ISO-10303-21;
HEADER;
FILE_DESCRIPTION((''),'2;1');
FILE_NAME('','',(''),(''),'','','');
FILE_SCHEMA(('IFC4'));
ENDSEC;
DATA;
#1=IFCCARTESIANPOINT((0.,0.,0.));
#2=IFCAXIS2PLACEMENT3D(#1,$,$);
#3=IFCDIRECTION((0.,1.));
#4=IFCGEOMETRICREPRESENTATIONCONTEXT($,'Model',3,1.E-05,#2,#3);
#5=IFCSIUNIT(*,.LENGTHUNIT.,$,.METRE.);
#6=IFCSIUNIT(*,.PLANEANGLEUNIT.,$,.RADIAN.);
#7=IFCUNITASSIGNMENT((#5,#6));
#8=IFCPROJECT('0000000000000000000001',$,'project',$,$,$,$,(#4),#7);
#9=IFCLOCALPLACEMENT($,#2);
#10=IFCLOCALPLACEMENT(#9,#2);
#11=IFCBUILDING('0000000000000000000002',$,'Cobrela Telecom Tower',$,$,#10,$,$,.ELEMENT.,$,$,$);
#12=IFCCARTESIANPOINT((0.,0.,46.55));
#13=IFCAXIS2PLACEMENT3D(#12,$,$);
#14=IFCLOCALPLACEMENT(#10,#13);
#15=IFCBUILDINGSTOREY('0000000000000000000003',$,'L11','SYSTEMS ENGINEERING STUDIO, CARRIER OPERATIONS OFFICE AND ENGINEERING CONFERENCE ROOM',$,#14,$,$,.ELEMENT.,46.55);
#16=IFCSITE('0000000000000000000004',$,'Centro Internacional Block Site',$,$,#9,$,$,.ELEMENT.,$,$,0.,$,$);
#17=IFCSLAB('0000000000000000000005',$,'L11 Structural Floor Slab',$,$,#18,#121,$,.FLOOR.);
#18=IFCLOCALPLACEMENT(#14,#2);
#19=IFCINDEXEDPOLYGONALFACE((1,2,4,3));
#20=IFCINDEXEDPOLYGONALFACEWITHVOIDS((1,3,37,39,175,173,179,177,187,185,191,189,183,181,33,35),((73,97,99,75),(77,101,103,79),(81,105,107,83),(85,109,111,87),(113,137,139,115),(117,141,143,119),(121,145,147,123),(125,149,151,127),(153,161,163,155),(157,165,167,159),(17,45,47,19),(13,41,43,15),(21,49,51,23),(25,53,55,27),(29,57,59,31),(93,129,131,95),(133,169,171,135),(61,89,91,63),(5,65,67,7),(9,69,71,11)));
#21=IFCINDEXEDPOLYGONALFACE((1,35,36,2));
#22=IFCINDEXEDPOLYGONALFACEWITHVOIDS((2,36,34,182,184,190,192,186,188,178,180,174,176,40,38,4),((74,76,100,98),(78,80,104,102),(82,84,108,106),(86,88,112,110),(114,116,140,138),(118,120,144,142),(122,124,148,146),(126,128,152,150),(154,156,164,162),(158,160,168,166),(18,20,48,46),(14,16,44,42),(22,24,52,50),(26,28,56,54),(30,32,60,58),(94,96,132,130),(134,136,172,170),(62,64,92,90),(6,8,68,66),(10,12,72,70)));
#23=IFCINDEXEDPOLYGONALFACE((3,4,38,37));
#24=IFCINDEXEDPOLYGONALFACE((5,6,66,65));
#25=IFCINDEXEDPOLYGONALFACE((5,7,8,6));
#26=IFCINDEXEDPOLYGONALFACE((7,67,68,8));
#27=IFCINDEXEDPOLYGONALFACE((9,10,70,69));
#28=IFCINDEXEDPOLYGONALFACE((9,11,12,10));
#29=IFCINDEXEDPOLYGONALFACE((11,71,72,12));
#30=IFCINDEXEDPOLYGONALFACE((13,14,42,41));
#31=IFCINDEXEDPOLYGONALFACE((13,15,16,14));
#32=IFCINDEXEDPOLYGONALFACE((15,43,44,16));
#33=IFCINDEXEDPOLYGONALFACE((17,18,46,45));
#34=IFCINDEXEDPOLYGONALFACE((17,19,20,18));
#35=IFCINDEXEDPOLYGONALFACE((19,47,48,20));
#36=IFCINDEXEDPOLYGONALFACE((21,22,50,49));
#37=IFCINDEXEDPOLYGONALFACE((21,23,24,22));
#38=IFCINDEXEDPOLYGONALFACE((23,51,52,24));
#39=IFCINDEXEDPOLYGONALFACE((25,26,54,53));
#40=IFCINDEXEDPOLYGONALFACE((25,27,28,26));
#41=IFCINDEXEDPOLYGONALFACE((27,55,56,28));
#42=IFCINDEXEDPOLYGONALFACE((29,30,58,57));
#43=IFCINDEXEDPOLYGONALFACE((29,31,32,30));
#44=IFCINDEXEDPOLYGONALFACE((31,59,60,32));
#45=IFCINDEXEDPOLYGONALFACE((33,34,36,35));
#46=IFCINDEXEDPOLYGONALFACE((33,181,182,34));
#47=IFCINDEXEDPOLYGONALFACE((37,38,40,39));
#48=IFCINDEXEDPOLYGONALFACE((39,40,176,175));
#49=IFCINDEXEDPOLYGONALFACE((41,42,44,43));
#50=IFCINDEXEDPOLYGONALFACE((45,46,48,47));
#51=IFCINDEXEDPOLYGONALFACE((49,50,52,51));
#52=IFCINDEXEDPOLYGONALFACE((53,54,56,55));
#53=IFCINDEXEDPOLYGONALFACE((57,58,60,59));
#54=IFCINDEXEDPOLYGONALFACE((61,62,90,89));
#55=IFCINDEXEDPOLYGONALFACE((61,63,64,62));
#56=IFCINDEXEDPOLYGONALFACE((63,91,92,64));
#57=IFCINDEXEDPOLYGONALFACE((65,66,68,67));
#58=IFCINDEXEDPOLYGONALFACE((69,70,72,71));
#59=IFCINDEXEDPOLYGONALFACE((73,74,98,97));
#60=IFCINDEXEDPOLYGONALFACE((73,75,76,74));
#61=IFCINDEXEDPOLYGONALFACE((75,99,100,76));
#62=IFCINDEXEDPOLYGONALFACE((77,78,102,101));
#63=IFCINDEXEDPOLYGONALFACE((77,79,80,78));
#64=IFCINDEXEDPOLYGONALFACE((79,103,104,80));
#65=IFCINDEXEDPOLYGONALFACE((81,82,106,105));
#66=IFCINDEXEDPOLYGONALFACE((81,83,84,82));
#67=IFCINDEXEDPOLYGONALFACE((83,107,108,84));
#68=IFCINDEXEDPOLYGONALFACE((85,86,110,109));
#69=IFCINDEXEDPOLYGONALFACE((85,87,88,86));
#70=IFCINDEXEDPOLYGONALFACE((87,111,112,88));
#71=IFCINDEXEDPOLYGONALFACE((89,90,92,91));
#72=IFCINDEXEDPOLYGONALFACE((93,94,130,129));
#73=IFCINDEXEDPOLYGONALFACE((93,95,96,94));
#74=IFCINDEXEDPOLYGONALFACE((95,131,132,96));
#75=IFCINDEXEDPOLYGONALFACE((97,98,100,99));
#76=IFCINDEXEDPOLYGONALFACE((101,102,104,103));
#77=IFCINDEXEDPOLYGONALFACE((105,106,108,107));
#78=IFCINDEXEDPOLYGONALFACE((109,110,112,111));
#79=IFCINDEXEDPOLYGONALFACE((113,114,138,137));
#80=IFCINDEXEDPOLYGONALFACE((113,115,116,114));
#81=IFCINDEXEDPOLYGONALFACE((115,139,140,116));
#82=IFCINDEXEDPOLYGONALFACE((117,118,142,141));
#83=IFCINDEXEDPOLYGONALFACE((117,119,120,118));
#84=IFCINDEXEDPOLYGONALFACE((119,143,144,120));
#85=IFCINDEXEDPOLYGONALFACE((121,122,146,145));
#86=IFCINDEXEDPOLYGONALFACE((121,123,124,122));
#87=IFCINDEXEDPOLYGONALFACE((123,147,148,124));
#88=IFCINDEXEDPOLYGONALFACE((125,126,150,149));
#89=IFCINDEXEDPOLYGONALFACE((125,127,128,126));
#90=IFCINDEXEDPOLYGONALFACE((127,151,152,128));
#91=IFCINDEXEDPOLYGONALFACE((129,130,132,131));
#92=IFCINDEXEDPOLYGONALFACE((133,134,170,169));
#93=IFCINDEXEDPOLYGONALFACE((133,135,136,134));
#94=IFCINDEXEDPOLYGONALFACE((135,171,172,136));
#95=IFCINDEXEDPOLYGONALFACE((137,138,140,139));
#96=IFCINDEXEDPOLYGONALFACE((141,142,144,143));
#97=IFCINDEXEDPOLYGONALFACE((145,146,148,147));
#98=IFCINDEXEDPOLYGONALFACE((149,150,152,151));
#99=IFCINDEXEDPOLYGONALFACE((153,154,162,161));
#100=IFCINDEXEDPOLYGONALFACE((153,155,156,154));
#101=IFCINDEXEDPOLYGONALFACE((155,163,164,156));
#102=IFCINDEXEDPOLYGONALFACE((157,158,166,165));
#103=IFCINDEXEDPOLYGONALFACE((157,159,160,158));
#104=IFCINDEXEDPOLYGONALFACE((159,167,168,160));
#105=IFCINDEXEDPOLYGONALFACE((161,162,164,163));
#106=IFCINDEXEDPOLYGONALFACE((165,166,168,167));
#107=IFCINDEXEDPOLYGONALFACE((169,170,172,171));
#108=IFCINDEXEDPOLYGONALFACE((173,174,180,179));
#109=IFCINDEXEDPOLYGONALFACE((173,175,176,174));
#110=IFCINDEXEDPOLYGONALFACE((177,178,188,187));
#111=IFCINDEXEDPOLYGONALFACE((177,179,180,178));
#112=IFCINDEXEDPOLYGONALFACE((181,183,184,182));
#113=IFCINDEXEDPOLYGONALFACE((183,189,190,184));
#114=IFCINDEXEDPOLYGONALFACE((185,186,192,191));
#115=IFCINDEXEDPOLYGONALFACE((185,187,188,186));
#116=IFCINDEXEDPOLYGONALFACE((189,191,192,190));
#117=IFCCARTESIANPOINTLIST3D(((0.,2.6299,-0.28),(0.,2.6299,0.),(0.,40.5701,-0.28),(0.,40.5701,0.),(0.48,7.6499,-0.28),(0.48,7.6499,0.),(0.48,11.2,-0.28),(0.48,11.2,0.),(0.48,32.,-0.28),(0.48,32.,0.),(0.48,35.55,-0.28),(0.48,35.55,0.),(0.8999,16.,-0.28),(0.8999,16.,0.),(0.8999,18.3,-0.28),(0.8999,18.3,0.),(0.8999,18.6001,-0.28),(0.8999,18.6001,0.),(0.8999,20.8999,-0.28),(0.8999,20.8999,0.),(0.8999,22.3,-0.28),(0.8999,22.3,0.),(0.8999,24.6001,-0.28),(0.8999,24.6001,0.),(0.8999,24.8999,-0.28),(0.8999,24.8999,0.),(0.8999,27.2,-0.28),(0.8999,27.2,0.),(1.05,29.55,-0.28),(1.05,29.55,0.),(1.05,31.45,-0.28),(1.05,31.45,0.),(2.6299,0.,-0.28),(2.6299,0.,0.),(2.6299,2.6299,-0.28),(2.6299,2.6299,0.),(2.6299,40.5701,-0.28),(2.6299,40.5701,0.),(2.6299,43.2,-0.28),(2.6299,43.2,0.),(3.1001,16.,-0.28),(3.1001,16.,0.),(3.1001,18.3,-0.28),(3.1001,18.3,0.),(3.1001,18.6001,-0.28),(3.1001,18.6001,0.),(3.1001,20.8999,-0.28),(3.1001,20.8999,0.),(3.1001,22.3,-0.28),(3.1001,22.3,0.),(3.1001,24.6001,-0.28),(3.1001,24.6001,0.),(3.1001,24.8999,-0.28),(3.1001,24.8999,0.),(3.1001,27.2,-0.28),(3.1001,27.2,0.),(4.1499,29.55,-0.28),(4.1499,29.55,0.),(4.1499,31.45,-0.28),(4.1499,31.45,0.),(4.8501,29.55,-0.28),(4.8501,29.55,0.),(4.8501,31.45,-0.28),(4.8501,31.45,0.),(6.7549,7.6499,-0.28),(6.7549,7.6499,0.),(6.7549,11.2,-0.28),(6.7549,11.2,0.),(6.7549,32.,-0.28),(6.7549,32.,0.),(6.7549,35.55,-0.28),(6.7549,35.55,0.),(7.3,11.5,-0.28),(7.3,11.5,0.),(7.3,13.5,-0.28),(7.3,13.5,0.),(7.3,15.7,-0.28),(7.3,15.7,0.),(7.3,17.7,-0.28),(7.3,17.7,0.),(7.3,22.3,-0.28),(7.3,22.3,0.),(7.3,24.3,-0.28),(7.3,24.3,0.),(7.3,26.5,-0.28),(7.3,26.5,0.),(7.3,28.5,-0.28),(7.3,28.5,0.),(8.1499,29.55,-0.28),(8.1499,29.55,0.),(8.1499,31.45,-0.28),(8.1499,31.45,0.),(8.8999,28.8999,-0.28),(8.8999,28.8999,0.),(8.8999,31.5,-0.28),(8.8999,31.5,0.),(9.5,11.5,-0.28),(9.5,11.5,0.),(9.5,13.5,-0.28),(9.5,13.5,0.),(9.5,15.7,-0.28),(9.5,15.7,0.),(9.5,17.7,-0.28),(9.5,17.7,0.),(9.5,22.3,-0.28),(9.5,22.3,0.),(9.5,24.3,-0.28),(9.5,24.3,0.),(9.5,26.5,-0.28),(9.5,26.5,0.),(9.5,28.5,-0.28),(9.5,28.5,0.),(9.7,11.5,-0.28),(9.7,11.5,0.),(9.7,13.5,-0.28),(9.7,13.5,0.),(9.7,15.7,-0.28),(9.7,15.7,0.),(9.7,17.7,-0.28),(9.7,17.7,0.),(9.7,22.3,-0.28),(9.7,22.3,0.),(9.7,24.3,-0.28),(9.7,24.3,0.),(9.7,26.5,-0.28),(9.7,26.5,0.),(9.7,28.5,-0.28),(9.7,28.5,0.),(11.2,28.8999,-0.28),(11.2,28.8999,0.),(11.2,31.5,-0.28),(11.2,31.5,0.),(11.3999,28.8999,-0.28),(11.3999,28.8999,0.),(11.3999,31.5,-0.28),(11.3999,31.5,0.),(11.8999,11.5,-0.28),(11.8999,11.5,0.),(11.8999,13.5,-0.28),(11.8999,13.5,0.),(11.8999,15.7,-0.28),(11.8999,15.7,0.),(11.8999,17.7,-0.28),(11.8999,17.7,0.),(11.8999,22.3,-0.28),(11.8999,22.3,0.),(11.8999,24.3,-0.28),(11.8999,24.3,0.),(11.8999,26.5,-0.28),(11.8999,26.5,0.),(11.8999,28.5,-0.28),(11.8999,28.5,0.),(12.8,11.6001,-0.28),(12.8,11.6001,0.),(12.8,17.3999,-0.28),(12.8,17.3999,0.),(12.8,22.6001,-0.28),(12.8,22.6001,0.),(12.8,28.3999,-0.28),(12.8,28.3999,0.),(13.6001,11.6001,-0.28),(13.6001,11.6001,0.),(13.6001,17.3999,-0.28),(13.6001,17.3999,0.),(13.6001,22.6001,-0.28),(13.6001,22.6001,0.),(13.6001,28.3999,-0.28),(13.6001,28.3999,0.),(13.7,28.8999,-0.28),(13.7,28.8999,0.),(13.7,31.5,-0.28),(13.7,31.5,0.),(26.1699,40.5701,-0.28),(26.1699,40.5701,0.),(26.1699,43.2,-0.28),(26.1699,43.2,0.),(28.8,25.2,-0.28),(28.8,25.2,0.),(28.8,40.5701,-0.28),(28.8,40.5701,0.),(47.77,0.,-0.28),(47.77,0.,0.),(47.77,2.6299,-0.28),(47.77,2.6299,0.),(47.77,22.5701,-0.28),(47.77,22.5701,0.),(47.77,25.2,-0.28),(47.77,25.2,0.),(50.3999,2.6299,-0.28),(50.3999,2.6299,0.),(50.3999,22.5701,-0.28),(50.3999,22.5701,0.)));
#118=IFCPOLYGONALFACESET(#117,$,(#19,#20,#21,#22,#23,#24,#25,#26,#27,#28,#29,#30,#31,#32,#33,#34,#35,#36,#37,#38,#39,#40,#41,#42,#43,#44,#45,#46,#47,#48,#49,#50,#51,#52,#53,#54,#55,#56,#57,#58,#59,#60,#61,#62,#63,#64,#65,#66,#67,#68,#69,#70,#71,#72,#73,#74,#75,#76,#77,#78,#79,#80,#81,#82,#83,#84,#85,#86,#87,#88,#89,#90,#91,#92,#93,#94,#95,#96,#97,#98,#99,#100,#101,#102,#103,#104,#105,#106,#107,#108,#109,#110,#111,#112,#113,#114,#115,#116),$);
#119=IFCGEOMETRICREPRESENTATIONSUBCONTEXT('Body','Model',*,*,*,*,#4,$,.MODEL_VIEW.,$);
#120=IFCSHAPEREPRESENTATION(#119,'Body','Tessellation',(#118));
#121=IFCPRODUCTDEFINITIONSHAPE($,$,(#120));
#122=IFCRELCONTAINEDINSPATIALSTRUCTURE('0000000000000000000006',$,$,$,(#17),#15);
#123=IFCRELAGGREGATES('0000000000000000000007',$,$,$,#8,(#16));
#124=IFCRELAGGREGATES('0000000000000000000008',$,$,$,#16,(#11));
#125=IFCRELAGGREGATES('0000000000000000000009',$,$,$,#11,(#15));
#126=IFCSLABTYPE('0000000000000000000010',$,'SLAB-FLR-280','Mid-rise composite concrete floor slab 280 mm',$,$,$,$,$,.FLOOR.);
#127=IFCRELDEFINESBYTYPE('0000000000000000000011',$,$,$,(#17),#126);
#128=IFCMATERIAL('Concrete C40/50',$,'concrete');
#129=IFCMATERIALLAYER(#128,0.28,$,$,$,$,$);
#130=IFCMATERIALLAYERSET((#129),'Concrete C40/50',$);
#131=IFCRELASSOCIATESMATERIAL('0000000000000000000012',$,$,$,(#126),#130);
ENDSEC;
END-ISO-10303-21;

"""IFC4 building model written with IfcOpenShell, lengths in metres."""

from ifc_helpers import new_model, si_unit, direction, frame, origin, place, context, subcontext, project, spatial, polyline, outline, extrude, material, layer, layer_set, type_object, element, save


model = new_model("IFC4")

# Units and contexts
model_context = context("Model", 3, precision=1e-05, world=origin(), true_north=direction((0.0, 1.0)))
body_context = subcontext(model_context, "Body", "Model", "MODEL_VIEW")
ifc_project = project(units=[si_unit("LENGTHUNIT", "METRE"), si_unit("PLANEANGLEUNIT", "RADIAN")], contexts=[model_context])

# Site, building, storey
site_placement = place(None, origin())
site = spatial("IfcSite", under=ifc_project, at=site_placement, Name="Centro Internacional Block Site", CompositionType="ELEMENT", RefElevation=0.0)
building_placement = place(site_placement, origin())
building = spatial("IfcBuilding", under=site, at=building_placement, Name="Cobrela Telecom Tower", CompositionType="ELEMENT")
storey_placement = place(building_placement, frame((0.0, 0.0, 46.55)))
storey = spatial("IfcBuildingStorey", under=building, at=storey_placement, Name="L11", Description="SYSTEMS ENGINEERING STUDIO, CARRIER OPERATIONS OFFICE AND ENGINEERING CONFERENCE ROOM", CompositionType="ELEMENT", Elevation=46.55)

# Slab, openings
ifc_material_1 = material(Name="Concrete C40/50", Category="concrete")
ifc_layer_1 = layer(ifc_material_1, 0.28)
ifc_layer_set_1 = layer_set([ifc_layer_1], Name="Concrete C40/50")
slab_type_1 = type_object("IfcSlabType", Name="SLAB-FLR-280", Description="Mid-rise composite concrete floor slab 280 mm", PredefinedType="FLOOR", material=ifc_layer_set_1)
slab_1_placement = place(storey_placement, frame((0.0, 0.0, -0.28)))
slab_1 = element("IfcSlab", 1, at=slab_1_placement, inside=storey, type_object=slab_type_1, Name="L11 Structural Floor Slab", PredefinedType="FLOOR", context=body_context, shape_type="SweptSolid", body=[
    extrude(outline(polyline([(2.6299, 0.0), (47.77, 0.0), (47.77, 2.6299), (50.3999, 2.6299), (50.3999, 22.5701), (47.77, 22.5701), (47.77, 25.2), (28.8, 25.2), (28.8, 40.5701), (26.1699, 40.5701), (26.1699, 43.2), (2.6299, 43.2), (2.6299, 40.5701), (0.0, 40.5701), (0.0, 2.6299), (2.6299, 2.6299), (2.6299, 0.0)])), origin(), (0.0, 0.0, 1.0), 0.28),
])
opening_1_placement = place(slab_1_placement, frame((0.0, 0.0, -0.02)))
element("IfcOpeningElement", 2, at=opening_1_placement, cuts=slab_1, PredefinedType="OPENING", context=body_context, shape_type="SweptSolid", body=[
    extrude(outline(polyline([(8.8999, 28.8999), (11.2, 28.8999), (11.2, 31.5), (8.8999, 31.5), (8.8999, 28.8999)])), origin(), (0.0, 0.0, 1.0), 0.3201),
])
opening_2_placement = place(slab_1_placement, frame((0.0, 0.0, -0.02)))
element("IfcOpeningElement", 3, at=opening_2_placement, cuts=slab_1, PredefinedType="OPENING", context=body_context, shape_type="SweptSolid", body=[
    extrude(outline(polyline([(11.3999, 28.8999), (13.7, 28.8999), (13.7, 31.5), (11.3999, 31.5), (11.3999, 28.8999)])), origin(), (0.0, 0.0, 1.0), 0.3201),
])
opening_3_placement = place(slab_1_placement, frame((0.0, 0.0, -0.02)))
element("IfcOpeningElement", 4, at=opening_3_placement, cuts=slab_1, PredefinedType="OPENING", context=body_context, shape_type="SweptSolid", body=[
    extrude(outline(polyline([(7.3, 22.3), (9.5, 22.3), (9.5, 24.3), (7.3, 24.3), (7.3, 22.3)])), origin(), (0.0, 0.0, 1.0), 0.3201),
])
opening_4_placement = place(slab_1_placement, frame((0.0, 0.0, -0.02)))
element("IfcOpeningElement", 5, at=opening_4_placement, cuts=slab_1, PredefinedType="OPENING", context=body_context, shape_type="SweptSolid", body=[
    extrude(outline(polyline([(9.7, 22.3), (11.8999, 22.3), (11.8999, 24.3), (9.7, 24.3), (9.7, 22.3)])), origin(), (0.0, 0.0, 1.0), 0.3201),
])
opening_5_placement = place(slab_1_placement, frame((0.0, 0.0, -0.02)))
element("IfcOpeningElement", 6, at=opening_5_placement, cuts=slab_1, PredefinedType="OPENING", context=body_context, shape_type="SweptSolid", body=[
    extrude(outline(polyline([(7.3, 26.5), (9.5, 26.5), (9.5, 28.5), (7.3, 28.5), (7.3, 26.5)])), origin(), (0.0, 0.0, 1.0), 0.3201),
])
opening_6_placement = place(slab_1_placement, frame((0.0, 0.0, -0.02)))
element("IfcOpeningElement", 7, at=opening_6_placement, cuts=slab_1, PredefinedType="OPENING", context=body_context, shape_type="SweptSolid", body=[
    extrude(outline(polyline([(9.7, 26.5), (11.8999, 26.5), (11.8999, 28.5), (9.7, 28.5), (9.7, 26.5)])), origin(), (0.0, 0.0, 1.0), 0.3201),
])
opening_7_placement = place(slab_1_placement, frame((0.0, 0.0, -0.02)))
element("IfcOpeningElement", 8, at=opening_7_placement, cuts=slab_1, PredefinedType="OPENING", context=body_context, shape_type="SweptSolid", body=[
    extrude(outline(polyline([(7.3, 15.7), (9.5, 15.7), (9.5, 17.7), (7.3, 17.7), (7.3, 15.7)])), origin(), (0.0, 0.0, 1.0), 0.3201),
])
opening_8_placement = place(slab_1_placement, frame((0.0, 0.0, -0.02)))
element("IfcOpeningElement", 9, at=opening_8_placement, cuts=slab_1, PredefinedType="OPENING", context=body_context, shape_type="SweptSolid", body=[
    extrude(outline(polyline([(9.7, 15.7), (11.8999, 15.7), (11.8999, 17.7), (9.7, 17.7), (9.7, 15.7)])), origin(), (0.0, 0.0, 1.0), 0.3201),
])
opening_9_placement = place(slab_1_placement, frame((0.0, 0.0, -0.02)))
element("IfcOpeningElement", 10, at=opening_9_placement, cuts=slab_1, PredefinedType="OPENING", context=body_context, shape_type="SweptSolid", body=[
    extrude(outline(polyline([(7.3, 11.5), (9.5, 11.5), (9.5, 13.5), (7.3, 13.5), (7.3, 11.5)])), origin(), (0.0, 0.0, 1.0), 0.3201),
])
opening_10_placement = place(slab_1_placement, frame((0.0, 0.0, -0.02)))
element("IfcOpeningElement", 11, at=opening_10_placement, cuts=slab_1, PredefinedType="OPENING", context=body_context, shape_type="SweptSolid", body=[
    extrude(outline(polyline([(9.7, 11.5), (11.8999, 11.5), (11.8999, 13.5), (9.7, 13.5), (9.7, 11.5)])), origin(), (0.0, 0.0, 1.0), 0.3201),
])
opening_11_placement = place(slab_1_placement, frame((0.0, 0.0, -0.02)))
element("IfcOpeningElement", 12, at=opening_11_placement, cuts=slab_1, PredefinedType="OPENING", context=body_context, shape_type="SweptSolid", body=[
    extrude(outline(polyline([(0.8999, 16.0), (3.1001, 16.0), (3.1001, 18.3), (0.8999, 18.3), (0.8999, 16.0)])), origin(), (0.0, 0.0, 1.0), 0.3201),
])
opening_12_placement = place(slab_1_placement, frame((0.0, 0.0, -0.02)))
element("IfcOpeningElement", 13, at=opening_12_placement, cuts=slab_1, PredefinedType="OPENING", context=body_context, shape_type="SweptSolid", body=[
    extrude(outline(polyline([(0.8999, 18.6001), (3.1001, 18.6001), (3.1001, 20.8999), (0.8999, 20.8999), (0.8999, 18.6001)])), origin(), (0.0, 0.0, 1.0), 0.3201),
])
opening_13_placement = place(slab_1_placement, frame((0.0, 0.0, -0.02)))
element("IfcOpeningElement", 14, at=opening_13_placement, cuts=slab_1, PredefinedType="OPENING", context=body_context, shape_type="SweptSolid", body=[
    extrude(outline(polyline([(0.8999, 22.3), (3.1001, 22.3), (3.1001, 24.6001), (0.8999, 24.6001), (0.8999, 22.3)])), origin(), (0.0, 0.0, 1.0), 0.3201),
])
opening_14_placement = place(slab_1_placement, frame((0.0, 0.0, -0.02)))
element("IfcOpeningElement", 15, at=opening_14_placement, cuts=slab_1, PredefinedType="OPENING", context=body_context, shape_type="SweptSolid", body=[
    extrude(outline(polyline([(0.8999, 24.8999), (3.1001, 24.8999), (3.1001, 27.2), (0.8999, 27.2), (0.8999, 24.8999)])), origin(), (0.0, 0.0, 1.0), 0.3201),
])
opening_15_placement = place(slab_1_placement, frame((0.0, 0.0, -0.02)))
element("IfcOpeningElement", 16, at=opening_15_placement, cuts=slab_1, PredefinedType="OPENING", context=body_context, shape_type="SweptSolid", body=[
    extrude(outline(polyline([(1.05, 29.55), (4.1499, 29.55), (4.1499, 31.45), (1.05, 31.45), (1.05, 29.55)])), origin(), (0.0, 0.0, 1.0), 0.3201),
])
opening_16_placement = place(slab_1_placement, frame((0.0, 0.0, -0.02)))
element("IfcOpeningElement", 17, at=opening_16_placement, cuts=slab_1, PredefinedType="OPENING", context=body_context, shape_type="SweptSolid", body=[
    extrude(outline(polyline([(4.8501, 29.55), (8.1499, 29.55), (8.1499, 31.45), (4.8501, 31.45), (4.8501, 29.55)])), origin(), (0.0, 0.0, 1.0), 0.3201),
])
opening_17_placement = place(slab_1_placement, frame((0.0, 0.0, -0.02)))
element("IfcOpeningElement", 18, at=opening_17_placement, cuts=slab_1, PredefinedType="OPENING", context=body_context, shape_type="SweptSolid", body=[
    extrude(outline(polyline([(12.8, 22.6001), (13.6001, 22.6001), (13.6001, 28.3999), (12.8, 28.3999), (12.8, 22.6001)])), origin(), (0.0, 0.0, 1.0), 0.3201),
])
opening_18_placement = place(slab_1_placement, frame((0.0, 0.0, -0.02)))
element("IfcOpeningElement", 19, at=opening_18_placement, cuts=slab_1, PredefinedType="OPENING", context=body_context, shape_type="SweptSolid", body=[
    extrude(outline(polyline([(12.8, 11.6001), (13.6001, 11.6001), (13.6001, 17.3999), (12.8, 17.3999), (12.8, 11.6001)])), origin(), (0.0, 0.0, 1.0), 0.3201),
])
opening_19_placement = place(slab_1_placement, frame((0.0, 0.0, -0.02)))
element("IfcOpeningElement", 20, at=opening_19_placement, cuts=slab_1, PredefinedType="OPENING", context=body_context, shape_type="SweptSolid", body=[
    extrude(outline(polyline([(6.7549, 35.55), (0.48, 35.55), (0.48, 32.0), (6.7549, 32.0), (6.7549, 35.55)])), origin(), (0.0, 0.0, 1.0), 0.3201),
])
opening_20_placement = place(slab_1_placement, frame((0.0, 0.0, -0.02)))
element("IfcOpeningElement", 21, at=opening_20_placement, cuts=slab_1, PredefinedType="OPENING", context=body_context, shape_type="SweptSolid", body=[
    extrude(outline(polyline([(6.7549, 11.2), (0.48, 11.2), (0.48, 7.6499), (6.7549, 7.6499), (6.7549, 11.2)])), origin(), (0.0, 0.0, 1.0), 0.3201),
])

save(model, "model.ifc")
